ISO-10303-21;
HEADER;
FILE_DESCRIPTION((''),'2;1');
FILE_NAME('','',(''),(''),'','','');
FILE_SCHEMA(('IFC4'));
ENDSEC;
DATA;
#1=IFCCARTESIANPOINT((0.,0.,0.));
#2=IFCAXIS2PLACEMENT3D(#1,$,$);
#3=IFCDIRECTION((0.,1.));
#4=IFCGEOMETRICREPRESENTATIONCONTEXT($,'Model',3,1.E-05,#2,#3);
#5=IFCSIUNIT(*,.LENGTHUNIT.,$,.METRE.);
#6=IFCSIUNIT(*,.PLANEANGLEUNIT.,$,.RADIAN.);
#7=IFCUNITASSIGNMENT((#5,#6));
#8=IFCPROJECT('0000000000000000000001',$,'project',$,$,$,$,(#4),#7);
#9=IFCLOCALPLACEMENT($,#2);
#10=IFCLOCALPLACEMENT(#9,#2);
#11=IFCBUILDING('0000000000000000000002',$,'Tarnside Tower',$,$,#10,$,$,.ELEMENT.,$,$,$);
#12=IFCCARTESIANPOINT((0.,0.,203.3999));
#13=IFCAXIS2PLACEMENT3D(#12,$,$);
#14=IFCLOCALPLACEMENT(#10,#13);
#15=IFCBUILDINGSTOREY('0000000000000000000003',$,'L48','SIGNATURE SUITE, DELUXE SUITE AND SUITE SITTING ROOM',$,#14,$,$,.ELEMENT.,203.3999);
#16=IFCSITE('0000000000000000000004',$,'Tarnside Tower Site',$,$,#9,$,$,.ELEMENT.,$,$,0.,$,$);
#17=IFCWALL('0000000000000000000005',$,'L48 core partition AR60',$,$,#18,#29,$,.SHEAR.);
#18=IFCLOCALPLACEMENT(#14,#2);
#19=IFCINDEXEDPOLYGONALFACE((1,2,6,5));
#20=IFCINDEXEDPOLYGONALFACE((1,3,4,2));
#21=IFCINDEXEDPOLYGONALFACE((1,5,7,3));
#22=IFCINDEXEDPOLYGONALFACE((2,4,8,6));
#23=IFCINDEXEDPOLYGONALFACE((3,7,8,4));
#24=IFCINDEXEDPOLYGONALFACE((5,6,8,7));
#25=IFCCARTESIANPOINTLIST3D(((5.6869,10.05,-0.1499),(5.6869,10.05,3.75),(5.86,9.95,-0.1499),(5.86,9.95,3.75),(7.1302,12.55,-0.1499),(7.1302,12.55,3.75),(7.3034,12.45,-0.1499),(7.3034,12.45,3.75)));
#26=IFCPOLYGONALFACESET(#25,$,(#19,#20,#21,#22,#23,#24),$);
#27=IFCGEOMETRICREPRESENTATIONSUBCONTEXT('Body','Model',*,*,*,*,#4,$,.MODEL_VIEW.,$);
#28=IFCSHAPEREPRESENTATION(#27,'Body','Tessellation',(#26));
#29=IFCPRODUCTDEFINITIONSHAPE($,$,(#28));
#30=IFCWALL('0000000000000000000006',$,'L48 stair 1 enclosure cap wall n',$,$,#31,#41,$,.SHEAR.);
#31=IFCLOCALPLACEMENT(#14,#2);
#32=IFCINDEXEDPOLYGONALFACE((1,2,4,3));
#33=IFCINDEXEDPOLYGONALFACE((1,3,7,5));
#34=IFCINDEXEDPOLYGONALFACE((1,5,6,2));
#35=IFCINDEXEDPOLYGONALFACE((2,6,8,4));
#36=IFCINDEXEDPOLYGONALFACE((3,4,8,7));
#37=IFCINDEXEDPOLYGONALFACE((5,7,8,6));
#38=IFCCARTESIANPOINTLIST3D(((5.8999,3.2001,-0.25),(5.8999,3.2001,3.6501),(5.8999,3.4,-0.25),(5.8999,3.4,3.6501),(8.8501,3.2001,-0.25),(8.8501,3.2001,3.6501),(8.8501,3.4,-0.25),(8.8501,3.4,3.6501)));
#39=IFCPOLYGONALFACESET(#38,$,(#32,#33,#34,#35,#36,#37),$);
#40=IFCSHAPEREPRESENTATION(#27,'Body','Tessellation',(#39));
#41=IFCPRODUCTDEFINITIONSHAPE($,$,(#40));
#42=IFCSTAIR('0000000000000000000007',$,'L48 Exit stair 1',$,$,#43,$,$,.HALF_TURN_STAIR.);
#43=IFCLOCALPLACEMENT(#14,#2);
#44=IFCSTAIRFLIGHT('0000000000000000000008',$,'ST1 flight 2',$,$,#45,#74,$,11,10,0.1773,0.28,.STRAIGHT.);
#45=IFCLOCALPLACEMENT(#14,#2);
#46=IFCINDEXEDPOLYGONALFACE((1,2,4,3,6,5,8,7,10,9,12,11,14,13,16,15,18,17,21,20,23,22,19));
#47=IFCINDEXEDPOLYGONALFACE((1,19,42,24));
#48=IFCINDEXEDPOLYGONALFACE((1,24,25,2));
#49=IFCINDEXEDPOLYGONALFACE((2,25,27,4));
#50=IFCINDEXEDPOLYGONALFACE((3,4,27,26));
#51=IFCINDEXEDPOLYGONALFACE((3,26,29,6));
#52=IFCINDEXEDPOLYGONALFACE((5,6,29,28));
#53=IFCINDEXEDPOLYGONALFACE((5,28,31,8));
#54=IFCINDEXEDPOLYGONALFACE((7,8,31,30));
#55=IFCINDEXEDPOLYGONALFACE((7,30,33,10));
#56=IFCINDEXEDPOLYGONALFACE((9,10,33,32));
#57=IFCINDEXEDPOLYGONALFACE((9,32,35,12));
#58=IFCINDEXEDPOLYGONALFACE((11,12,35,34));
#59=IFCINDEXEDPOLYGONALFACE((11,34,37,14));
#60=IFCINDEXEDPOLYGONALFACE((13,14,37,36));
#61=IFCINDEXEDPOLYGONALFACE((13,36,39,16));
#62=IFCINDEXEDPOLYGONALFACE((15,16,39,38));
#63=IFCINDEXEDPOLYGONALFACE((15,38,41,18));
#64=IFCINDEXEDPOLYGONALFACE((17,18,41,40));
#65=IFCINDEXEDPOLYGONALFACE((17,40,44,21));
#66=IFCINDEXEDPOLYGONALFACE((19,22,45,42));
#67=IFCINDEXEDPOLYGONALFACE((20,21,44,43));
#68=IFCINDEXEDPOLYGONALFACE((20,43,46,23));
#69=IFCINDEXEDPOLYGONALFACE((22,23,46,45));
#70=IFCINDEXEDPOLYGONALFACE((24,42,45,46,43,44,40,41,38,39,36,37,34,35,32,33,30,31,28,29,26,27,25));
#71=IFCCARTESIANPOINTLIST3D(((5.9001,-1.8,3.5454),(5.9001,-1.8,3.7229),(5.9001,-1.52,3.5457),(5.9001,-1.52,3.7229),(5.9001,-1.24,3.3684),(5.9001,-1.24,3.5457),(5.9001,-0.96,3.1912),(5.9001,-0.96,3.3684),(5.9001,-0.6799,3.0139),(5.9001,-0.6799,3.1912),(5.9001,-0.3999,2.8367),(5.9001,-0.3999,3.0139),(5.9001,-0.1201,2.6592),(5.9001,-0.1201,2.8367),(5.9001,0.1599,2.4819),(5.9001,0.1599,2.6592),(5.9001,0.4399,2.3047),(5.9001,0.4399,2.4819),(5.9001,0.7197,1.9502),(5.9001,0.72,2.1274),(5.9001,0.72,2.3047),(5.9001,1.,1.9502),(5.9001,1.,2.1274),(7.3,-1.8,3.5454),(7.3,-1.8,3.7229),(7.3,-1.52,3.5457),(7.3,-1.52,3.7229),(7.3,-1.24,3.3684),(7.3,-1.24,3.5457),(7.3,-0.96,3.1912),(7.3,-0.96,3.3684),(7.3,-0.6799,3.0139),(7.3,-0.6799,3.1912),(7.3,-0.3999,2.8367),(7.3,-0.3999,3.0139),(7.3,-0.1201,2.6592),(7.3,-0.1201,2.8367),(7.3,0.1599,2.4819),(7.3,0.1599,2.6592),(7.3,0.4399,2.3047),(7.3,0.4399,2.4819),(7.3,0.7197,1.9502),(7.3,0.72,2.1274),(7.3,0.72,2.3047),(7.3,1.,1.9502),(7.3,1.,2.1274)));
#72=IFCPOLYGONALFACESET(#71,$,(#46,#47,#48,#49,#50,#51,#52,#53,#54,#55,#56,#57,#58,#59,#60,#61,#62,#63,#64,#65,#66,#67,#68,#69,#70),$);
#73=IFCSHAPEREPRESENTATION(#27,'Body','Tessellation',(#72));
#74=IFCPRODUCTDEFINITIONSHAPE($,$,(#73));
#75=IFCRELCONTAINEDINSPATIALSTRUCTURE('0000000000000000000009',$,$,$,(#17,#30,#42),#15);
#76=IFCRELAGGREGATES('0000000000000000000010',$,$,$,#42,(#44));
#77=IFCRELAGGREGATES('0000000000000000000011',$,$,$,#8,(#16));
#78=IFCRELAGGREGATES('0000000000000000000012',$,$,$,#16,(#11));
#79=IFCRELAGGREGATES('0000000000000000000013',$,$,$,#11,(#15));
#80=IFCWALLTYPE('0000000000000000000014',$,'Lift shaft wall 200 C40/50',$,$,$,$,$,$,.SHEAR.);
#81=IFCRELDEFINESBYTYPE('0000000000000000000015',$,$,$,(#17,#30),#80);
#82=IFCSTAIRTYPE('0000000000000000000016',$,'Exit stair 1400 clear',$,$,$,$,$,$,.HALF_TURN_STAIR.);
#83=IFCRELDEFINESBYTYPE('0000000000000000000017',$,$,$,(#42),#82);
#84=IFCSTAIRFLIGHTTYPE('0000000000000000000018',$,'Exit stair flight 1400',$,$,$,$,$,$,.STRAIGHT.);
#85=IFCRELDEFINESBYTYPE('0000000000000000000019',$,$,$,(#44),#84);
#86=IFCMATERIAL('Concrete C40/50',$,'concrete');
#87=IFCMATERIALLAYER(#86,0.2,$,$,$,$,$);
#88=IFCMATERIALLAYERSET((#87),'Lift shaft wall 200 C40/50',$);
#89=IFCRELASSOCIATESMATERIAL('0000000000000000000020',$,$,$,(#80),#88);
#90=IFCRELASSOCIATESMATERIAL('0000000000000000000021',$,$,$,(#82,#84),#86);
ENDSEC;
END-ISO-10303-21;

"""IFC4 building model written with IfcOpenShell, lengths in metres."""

from ifc_helpers import new_model, si_unit, direction, frame, frame_2d, origin, place, context, subcontext, project, spatial, polyline, rectangle, outline, extrude, material, layer, layer_set, type_object, element, aggregate, save


model = new_model("IFC4")

# Units and contexts
model_context = context("Model", 3, precision=1e-05, world=origin(), true_north=direction((0.0, 1.0)))
body_context = subcontext(model_context, "Body", "Model", "MODEL_VIEW")
ifc_project = project(units=[si_unit("LENGTHUNIT", "METRE"), si_unit("PLANEANGLEUNIT", "RADIAN")], contexts=[model_context])

# Site, building, storey
site_placement = place(None, origin())
site = spatial("IfcSite", under=ifc_project, at=site_placement, Name="Tarnside Tower Site", CompositionType="ELEMENT", RefElevation=0.0)
building_placement = place(site_placement, origin())
building = spatial("IfcBuilding", under=site, at=building_placement, Name="Tarnside Tower", CompositionType="ELEMENT")
storey_placement = place(building_placement, frame((0.0, 0.0, 203.3999)))
storey = spatial("IfcBuildingStorey", under=building, at=storey_placement, Name="L48", Description="SIGNATURE SUITE, DELUXE SUITE AND SUITE SITTING ROOM", CompositionType="ELEMENT", Elevation=203.3999)

# Walls
ifc_material_1 = material(Name="Concrete C40/50", Category="concrete")
ifc_layer_1 = layer(ifc_material_1, 0.2)
ifc_layer_set_1 = layer_set([ifc_layer_1], Name="Lift shaft wall 200 C40/50")
wall_type_1 = type_object("IfcWallType", Name="Lift shaft wall 200 C40/50", PredefinedType="SHEAR", material=ifc_layer_set_1)
for number, where, z_axis, x_axis, name in (
    (1, (5.7734, 10.0, -0.1499), (0.0, 0.0, 1.0), (0.499996, 0.866028, 0.0), "L48 core partition AR60"),
):
    element("IfcWall", number, at=place(storey_placement, frame(where, z_axis=z_axis, x_axis=x_axis)), inside=storey, type_object=wall_type_1, Name=name, PredefinedType="SHEAR", context=body_context, shape_type="SweptSolid", body=[
        extrude(rectangle(XDim=2.8867, YDim=0.2, at=frame_2d((1.4434, 0.0))), origin(), (0.0, 0.0, 1.0), 3.8999),
    ])
wall_1_placement = place(storey_placement, frame((5.8999, 3.3, -0.25), z_axis=(0.0, 0.0, 1.0), x_axis=(1.0, 0.0, 0.0)))
element("IfcWall", 2, at=wall_1_placement, inside=storey, type_object=wall_type_1, Name="L48 stair 1 enclosure cap wall n", PredefinedType="SHEAR", context=body_context, shape_type="SweptSolid", body=[
    extrude(rectangle(XDim=2.9502, YDim=0.2, at=frame_2d((1.4751, 0.0))), origin(), (0.0, 0.0, 1.0), 3.9001),
])

# Stair, stair flight
stair_type = type_object("IfcStairType", Name="Exit stair 1400 clear", PredefinedType="HALF_TURN_STAIR", material=ifc_material_1)
stair_placement = place(storey_placement, origin())
stair = element("IfcStair", 3, at=stair_placement, inside=storey, type_object=stair_type, Name="L48 Exit stair 1", PredefinedType="HALF_TURN_STAIR")
stair_flight_type = type_object("IfcStairFlightType", Name="Exit stair flight 1400", PredefinedType="STRAIGHT", material=ifc_material_1)
stair_flight_placement = place(storey_placement, frame((6.6001, 1.0, 1.9502), z_axis=(0.0, 0.0, 1.0), x_axis=(0.0, -1.0, 0.0)))
stair_flight = element("IfcStairFlight", 4, at=stair_flight_placement, type_object=stair_flight_type, Name="ST1 flight 2", NumberOfRisers=11, NumberOfTreads=10, PredefinedType="STRAIGHT", RiserHeight=0.1773, TreadLength=0.28, context=body_context, shape_type="SweptSolid", body=[
    extrude(outline(polyline([(0.0, 0.0), (0.0, 0.1772), (0.28, 0.1772), (0.28, 0.3545), (0.5601, 0.3545), (0.5601, 0.5317), (0.8401, 0.5317), (0.8401, 0.709), (1.1201, 0.709), (1.1201, 0.8865), (1.3999, 0.8865), (1.3999, 1.0637), (1.6799, 1.0637), (1.6799, 1.241), (1.96, 1.241), (1.96, 1.4182), (2.24, 1.4182), (2.24, 1.5955), (2.52, 1.5955), (2.52, 1.7727), (2.8, 1.7727), (2.8, 1.95), (2.8, 1.5952), (0.2803, 0.0), (0.0, 0.0)])), frame((0.0, 0.7, 0.0), z_axis=(0.0, -1.0, 0.0), x_axis=(1.0, 0.0, 0.0)), (0.0, 0.0, 1.0), 1.3999),
])
aggregate(stair, [stair_flight])

save(model, "model.ifc")
